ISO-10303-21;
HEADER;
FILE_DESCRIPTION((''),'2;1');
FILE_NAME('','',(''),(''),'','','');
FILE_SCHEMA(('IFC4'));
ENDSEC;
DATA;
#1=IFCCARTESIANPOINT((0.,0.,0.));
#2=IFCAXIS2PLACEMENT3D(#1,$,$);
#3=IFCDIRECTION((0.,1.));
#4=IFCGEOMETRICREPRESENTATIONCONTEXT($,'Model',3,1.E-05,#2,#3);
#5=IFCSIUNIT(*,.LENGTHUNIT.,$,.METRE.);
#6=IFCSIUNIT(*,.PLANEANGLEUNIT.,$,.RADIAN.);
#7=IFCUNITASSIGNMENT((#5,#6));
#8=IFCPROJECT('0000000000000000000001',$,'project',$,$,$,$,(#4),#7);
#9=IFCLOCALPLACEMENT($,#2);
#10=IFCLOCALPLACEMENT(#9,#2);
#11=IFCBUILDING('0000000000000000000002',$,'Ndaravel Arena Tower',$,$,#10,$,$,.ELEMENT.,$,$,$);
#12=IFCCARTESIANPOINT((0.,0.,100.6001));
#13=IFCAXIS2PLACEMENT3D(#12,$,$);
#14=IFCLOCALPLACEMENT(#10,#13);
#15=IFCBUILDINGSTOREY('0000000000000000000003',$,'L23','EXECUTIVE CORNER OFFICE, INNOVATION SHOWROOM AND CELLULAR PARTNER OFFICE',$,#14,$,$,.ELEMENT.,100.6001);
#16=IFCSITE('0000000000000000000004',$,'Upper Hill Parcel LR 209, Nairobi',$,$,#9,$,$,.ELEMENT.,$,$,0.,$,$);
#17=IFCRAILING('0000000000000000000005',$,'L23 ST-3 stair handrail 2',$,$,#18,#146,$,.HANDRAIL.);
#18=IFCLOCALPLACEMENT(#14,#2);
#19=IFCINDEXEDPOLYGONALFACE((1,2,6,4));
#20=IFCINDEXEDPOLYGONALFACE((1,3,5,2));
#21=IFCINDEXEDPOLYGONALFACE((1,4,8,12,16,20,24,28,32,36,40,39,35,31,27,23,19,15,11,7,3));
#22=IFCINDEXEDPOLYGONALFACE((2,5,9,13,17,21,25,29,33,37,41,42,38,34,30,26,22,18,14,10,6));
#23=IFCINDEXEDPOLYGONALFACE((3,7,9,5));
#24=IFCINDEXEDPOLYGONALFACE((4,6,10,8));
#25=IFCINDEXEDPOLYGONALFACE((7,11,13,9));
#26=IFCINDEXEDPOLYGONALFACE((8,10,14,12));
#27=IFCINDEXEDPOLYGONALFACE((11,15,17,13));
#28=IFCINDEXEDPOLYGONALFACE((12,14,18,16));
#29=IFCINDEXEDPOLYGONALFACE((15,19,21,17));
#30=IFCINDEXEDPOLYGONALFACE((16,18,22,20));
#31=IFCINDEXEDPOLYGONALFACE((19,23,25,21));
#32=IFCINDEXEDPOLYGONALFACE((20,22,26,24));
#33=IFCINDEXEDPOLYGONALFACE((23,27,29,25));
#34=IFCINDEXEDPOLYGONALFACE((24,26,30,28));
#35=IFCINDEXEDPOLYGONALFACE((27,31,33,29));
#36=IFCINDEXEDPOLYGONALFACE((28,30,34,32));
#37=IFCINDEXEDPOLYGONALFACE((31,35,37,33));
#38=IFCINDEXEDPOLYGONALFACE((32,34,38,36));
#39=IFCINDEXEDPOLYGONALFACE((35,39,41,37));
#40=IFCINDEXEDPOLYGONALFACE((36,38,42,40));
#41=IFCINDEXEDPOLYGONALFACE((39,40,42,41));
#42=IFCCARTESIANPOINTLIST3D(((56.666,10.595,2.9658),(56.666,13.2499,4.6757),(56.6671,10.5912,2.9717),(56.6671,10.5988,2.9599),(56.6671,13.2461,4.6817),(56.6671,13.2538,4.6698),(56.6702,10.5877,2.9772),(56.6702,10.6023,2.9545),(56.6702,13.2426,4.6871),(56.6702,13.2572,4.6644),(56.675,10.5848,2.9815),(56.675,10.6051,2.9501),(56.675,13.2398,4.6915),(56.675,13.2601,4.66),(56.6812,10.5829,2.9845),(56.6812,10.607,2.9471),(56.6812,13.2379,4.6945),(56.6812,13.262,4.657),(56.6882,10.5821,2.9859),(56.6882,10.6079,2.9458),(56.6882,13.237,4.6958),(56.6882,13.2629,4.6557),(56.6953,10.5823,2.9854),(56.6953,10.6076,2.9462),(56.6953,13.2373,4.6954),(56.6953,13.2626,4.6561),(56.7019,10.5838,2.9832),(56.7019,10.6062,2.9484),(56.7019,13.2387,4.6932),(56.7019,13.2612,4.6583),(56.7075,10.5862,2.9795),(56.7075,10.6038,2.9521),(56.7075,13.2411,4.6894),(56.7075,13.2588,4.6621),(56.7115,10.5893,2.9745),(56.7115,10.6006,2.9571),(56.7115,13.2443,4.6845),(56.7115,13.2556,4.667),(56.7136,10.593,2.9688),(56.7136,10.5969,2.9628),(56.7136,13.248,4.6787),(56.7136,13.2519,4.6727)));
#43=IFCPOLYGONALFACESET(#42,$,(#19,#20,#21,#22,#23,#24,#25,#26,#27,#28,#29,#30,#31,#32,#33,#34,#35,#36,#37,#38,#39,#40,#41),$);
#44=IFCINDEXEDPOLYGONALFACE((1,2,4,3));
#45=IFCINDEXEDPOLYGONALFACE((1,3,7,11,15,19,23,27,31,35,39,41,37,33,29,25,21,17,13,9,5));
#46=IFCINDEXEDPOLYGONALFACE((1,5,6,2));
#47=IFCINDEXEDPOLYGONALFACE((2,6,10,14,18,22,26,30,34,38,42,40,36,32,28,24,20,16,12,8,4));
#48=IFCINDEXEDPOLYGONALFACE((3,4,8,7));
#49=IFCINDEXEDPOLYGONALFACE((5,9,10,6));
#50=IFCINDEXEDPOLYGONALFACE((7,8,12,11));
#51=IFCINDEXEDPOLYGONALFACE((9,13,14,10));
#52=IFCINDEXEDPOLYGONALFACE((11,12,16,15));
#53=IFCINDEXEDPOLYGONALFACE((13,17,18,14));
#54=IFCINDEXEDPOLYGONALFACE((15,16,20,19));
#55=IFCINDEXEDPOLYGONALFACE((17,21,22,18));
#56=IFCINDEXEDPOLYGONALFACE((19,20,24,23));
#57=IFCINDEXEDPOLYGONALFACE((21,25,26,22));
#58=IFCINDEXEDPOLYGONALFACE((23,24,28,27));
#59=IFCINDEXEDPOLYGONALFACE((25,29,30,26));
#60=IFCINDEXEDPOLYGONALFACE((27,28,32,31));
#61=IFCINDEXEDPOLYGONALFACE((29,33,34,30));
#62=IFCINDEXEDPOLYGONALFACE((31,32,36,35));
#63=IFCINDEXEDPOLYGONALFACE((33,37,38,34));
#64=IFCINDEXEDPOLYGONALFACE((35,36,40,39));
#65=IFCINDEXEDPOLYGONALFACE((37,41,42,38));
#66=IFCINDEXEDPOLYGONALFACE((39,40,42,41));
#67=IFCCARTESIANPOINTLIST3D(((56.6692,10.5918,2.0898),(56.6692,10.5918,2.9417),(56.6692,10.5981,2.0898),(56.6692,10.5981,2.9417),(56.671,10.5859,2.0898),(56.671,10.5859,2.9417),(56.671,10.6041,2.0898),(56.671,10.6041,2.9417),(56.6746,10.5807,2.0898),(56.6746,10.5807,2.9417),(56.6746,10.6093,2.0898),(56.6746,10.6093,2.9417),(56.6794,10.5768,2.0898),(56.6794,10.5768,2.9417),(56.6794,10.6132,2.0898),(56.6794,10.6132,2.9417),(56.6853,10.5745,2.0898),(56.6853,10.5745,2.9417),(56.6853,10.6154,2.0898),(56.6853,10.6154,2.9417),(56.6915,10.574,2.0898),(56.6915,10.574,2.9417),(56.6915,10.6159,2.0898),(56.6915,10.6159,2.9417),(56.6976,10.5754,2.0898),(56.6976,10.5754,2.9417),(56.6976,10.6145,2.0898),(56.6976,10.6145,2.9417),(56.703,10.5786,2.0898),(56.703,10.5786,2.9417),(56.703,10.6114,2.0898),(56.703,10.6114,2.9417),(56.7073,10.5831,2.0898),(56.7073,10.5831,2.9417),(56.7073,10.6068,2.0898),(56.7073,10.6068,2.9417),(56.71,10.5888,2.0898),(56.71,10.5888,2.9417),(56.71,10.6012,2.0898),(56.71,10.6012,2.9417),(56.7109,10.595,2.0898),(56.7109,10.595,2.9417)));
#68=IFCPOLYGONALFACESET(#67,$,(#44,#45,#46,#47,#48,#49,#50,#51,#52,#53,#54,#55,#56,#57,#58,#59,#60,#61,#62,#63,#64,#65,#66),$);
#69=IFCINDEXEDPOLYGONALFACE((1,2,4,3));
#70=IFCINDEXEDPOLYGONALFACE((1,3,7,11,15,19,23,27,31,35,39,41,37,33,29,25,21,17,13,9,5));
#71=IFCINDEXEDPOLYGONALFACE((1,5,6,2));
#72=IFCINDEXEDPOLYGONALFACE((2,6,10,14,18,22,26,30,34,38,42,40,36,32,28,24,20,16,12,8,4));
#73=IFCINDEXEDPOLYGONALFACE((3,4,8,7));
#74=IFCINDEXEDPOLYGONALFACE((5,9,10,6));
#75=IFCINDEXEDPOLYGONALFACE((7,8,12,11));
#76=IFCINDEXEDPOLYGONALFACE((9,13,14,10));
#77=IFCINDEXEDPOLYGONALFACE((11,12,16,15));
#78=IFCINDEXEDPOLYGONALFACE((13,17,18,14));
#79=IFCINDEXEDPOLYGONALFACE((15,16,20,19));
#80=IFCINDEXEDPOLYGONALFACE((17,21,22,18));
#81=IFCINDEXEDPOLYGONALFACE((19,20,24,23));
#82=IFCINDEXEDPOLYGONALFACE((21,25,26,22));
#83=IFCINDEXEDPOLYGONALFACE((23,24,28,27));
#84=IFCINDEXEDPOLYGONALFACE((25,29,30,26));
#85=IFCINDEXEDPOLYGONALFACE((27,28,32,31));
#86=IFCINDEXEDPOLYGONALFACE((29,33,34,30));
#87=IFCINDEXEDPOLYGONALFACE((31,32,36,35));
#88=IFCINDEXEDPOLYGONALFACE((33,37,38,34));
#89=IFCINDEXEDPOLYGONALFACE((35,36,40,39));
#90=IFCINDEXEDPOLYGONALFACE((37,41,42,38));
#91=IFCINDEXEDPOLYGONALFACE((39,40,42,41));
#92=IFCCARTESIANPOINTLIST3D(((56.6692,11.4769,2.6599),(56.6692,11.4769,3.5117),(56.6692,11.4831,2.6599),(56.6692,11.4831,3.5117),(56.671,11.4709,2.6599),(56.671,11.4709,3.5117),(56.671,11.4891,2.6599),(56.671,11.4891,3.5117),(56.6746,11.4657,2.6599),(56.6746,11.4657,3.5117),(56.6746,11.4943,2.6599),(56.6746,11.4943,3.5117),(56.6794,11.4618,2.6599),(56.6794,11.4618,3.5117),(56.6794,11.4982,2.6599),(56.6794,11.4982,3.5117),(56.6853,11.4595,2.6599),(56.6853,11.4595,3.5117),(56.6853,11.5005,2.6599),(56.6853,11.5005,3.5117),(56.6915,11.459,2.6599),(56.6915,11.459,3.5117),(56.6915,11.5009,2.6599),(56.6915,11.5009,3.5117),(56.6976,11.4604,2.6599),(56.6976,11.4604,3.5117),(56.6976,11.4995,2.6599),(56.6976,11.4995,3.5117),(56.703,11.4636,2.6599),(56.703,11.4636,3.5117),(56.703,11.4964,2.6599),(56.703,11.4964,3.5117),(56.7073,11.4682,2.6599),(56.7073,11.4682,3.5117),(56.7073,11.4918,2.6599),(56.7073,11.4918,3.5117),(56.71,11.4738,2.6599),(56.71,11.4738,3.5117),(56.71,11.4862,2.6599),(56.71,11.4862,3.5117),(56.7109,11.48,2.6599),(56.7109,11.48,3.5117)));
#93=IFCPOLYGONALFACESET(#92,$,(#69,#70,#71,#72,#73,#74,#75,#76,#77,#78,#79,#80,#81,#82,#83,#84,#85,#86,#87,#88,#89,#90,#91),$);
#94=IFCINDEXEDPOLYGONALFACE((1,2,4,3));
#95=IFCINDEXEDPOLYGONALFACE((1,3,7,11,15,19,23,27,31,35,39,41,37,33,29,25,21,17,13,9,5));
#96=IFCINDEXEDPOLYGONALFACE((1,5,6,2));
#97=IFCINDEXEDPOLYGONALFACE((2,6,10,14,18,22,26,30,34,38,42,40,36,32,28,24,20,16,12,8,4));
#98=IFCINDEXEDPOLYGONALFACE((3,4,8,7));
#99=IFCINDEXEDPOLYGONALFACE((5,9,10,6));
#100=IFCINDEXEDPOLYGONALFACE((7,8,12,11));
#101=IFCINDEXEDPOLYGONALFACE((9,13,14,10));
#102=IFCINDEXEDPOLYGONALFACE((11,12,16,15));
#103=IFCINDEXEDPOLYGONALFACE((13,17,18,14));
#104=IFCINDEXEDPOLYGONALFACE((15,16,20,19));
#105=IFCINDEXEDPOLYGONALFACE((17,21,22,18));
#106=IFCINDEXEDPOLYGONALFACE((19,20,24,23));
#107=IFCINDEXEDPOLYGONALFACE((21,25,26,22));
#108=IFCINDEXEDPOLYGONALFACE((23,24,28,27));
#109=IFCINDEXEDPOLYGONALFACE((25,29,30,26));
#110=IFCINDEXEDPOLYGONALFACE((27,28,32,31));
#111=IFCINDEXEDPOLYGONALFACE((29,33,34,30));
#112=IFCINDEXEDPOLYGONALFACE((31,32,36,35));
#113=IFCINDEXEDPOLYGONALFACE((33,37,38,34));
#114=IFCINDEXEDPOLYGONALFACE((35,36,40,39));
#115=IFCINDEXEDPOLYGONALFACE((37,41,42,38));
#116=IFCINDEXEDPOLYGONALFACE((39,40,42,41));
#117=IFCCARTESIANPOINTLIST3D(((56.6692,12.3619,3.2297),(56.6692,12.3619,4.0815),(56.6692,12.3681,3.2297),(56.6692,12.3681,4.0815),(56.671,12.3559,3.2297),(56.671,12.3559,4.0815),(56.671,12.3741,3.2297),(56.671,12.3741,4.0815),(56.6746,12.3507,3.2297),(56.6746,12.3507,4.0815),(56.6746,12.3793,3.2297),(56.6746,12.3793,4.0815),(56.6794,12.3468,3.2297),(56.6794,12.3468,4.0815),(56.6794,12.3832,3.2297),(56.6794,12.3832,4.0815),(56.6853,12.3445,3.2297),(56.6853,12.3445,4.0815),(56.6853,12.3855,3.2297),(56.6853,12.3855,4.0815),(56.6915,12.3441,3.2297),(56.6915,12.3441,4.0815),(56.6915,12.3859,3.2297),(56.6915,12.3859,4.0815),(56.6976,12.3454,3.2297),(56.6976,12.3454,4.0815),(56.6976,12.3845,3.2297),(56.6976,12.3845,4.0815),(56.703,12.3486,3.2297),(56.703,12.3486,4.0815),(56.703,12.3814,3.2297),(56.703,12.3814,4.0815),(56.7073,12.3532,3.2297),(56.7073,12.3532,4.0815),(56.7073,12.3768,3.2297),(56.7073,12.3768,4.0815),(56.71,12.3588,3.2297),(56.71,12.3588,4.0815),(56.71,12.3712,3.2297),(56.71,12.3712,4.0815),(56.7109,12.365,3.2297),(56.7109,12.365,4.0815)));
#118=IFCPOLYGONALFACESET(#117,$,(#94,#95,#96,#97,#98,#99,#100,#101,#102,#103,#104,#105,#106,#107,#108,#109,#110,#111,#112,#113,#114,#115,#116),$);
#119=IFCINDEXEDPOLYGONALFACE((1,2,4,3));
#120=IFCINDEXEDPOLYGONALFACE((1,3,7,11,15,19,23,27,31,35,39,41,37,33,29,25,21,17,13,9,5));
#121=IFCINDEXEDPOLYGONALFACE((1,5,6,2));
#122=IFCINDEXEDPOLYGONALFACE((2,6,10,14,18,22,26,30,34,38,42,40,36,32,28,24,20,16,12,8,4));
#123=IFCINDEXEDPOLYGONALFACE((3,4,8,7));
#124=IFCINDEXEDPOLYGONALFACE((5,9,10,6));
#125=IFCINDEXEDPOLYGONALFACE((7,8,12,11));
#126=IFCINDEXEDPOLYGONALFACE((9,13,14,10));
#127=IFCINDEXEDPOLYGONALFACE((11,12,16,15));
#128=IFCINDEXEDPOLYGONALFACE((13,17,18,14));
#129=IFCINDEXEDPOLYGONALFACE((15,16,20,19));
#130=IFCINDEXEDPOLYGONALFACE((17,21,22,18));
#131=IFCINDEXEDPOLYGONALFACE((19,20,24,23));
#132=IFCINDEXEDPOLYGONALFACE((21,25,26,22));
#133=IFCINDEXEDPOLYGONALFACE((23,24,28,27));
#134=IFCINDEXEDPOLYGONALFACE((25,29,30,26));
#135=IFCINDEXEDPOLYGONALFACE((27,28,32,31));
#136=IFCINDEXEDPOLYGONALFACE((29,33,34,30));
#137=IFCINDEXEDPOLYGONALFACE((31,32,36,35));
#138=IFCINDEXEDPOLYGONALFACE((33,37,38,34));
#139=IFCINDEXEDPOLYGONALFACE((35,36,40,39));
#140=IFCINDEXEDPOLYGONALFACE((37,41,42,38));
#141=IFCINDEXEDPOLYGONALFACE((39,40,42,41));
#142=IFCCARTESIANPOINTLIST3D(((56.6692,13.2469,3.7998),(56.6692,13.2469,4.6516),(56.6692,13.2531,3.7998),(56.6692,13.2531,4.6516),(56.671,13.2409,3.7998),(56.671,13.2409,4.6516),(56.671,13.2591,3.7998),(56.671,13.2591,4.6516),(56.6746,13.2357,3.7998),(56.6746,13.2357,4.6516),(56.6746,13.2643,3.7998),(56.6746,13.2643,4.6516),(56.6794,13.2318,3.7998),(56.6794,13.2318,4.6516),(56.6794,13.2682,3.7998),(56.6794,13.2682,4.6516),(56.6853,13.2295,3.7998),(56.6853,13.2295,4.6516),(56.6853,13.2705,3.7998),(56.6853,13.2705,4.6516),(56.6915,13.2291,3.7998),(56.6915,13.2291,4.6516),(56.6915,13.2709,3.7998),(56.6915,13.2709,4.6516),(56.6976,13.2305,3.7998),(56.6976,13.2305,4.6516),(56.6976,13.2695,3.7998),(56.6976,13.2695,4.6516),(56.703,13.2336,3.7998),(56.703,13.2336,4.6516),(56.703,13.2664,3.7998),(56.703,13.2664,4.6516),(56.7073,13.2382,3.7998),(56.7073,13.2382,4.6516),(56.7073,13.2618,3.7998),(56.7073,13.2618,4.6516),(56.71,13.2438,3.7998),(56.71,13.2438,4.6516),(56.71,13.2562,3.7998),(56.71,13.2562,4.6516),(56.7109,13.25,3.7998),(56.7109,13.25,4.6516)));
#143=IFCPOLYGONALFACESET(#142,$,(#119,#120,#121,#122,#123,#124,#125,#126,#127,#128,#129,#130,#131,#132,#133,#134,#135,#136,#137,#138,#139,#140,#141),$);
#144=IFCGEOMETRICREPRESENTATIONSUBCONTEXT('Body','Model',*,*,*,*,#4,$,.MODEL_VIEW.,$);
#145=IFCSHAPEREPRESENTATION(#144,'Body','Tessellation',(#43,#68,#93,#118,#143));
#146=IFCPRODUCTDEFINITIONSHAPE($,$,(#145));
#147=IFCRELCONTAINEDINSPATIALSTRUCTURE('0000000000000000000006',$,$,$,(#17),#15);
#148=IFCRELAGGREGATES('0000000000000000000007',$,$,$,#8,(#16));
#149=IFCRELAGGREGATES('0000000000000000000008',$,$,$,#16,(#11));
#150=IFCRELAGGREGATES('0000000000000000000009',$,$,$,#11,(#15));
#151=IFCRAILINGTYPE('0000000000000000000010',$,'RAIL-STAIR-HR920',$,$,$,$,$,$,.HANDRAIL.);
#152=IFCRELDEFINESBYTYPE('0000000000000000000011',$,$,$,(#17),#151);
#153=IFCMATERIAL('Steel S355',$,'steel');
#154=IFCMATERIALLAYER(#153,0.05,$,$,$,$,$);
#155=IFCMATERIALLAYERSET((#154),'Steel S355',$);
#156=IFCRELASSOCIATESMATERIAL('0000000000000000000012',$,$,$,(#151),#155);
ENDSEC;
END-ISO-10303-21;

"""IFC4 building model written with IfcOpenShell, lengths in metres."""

from ifc_helpers import new_model, si_unit, direction, frame, origin, origin_2d, place, context, subcontext, project, spatial, circle, extrude, material, layer, layer_set, type_object, element, save


model = new_model("IFC4")

# Units and contexts
model_context = context("Model", 3, precision=1e-05, world=origin(), true_north=direction((0.0, 1.0)))
body_context = subcontext(model_context, "Body", "Model", "MODEL_VIEW")
ifc_project = project(units=[si_unit("LENGTHUNIT", "METRE"), si_unit("PLANEANGLEUNIT", "RADIAN")], contexts=[model_context])

# Site, building, storey
site_placement = place(None, origin())
site = spatial("IfcSite", under=ifc_project, at=site_placement, Name="Upper Hill Parcel LR 209, Nairobi", CompositionType="ELEMENT", RefElevation=0.0)
building_placement = place(site_placement, origin())
building = spatial("IfcBuilding", under=site, at=building_placement, Name="Ndaravel Arena Tower", CompositionType="ELEMENT")
storey_placement = place(building_placement, frame((0.0, 0.0, 100.6001)))
storey = spatial("IfcBuildingStorey", under=building, at=storey_placement, Name="L23", Description="EXECUTIVE CORNER OFFICE, INNOVATION SHOWROOM AND CELLULAR PARTNER OFFICE", CompositionType="ELEMENT", Elevation=100.6001)

# Railing
ifc_material_1 = material(Name="Steel S355", Category="steel")
ifc_layer_1 = layer(ifc_material_1, 0.05)
ifc_layer_set_1 = layer_set([ifc_layer_1], Name="Steel S355")
railing_type_1 = type_object("IfcRailingType", Name="RAIL-STAIR-HR920", PredefinedType="HANDRAIL", material=ifc_layer_set_1)
railing_1_placement = place(storey_placement, frame((56.6899, 10.595, 2.0898)))
element("IfcRailing", 1, at=railing_1_placement, inside=storey, type_object=railing_type_1, Name="L23 ST-3 stair handrail 2", PredefinedType="HANDRAIL", context=body_context, shape_type="SweptSolid", body=[
    extrude(circle(Radius=0.0239, at=origin_2d()), frame((0.0, 0.0, 0.876), z_axis=(0.0, 0.840724, 0.541465), x_axis=(-1.0, 0.0, 0.0)), (0.0, 0.0, 1.0), 3.158),
    extrude(circle(Radius=0.021, at=origin_2d()), origin(), (0.0, 0.0, 1.0), 0.8518),
    extrude(circle(Radius=0.021, at=origin_2d()), frame((0.0, 0.885, 0.5701)), (0.0, 0.0, 1.0), 0.8518),
    extrude(circle(Radius=0.021, at=origin_2d()), frame((0.0, 1.77, 1.1399)), (0.0, 0.0, 1.0), 0.8518),
    extrude(circle(Radius=0.021, at=origin_2d()), frame((0.0, 2.655, 1.71)), (0.0, 0.0, 1.0), 0.8518),
])

save(model, "model.ifc")
